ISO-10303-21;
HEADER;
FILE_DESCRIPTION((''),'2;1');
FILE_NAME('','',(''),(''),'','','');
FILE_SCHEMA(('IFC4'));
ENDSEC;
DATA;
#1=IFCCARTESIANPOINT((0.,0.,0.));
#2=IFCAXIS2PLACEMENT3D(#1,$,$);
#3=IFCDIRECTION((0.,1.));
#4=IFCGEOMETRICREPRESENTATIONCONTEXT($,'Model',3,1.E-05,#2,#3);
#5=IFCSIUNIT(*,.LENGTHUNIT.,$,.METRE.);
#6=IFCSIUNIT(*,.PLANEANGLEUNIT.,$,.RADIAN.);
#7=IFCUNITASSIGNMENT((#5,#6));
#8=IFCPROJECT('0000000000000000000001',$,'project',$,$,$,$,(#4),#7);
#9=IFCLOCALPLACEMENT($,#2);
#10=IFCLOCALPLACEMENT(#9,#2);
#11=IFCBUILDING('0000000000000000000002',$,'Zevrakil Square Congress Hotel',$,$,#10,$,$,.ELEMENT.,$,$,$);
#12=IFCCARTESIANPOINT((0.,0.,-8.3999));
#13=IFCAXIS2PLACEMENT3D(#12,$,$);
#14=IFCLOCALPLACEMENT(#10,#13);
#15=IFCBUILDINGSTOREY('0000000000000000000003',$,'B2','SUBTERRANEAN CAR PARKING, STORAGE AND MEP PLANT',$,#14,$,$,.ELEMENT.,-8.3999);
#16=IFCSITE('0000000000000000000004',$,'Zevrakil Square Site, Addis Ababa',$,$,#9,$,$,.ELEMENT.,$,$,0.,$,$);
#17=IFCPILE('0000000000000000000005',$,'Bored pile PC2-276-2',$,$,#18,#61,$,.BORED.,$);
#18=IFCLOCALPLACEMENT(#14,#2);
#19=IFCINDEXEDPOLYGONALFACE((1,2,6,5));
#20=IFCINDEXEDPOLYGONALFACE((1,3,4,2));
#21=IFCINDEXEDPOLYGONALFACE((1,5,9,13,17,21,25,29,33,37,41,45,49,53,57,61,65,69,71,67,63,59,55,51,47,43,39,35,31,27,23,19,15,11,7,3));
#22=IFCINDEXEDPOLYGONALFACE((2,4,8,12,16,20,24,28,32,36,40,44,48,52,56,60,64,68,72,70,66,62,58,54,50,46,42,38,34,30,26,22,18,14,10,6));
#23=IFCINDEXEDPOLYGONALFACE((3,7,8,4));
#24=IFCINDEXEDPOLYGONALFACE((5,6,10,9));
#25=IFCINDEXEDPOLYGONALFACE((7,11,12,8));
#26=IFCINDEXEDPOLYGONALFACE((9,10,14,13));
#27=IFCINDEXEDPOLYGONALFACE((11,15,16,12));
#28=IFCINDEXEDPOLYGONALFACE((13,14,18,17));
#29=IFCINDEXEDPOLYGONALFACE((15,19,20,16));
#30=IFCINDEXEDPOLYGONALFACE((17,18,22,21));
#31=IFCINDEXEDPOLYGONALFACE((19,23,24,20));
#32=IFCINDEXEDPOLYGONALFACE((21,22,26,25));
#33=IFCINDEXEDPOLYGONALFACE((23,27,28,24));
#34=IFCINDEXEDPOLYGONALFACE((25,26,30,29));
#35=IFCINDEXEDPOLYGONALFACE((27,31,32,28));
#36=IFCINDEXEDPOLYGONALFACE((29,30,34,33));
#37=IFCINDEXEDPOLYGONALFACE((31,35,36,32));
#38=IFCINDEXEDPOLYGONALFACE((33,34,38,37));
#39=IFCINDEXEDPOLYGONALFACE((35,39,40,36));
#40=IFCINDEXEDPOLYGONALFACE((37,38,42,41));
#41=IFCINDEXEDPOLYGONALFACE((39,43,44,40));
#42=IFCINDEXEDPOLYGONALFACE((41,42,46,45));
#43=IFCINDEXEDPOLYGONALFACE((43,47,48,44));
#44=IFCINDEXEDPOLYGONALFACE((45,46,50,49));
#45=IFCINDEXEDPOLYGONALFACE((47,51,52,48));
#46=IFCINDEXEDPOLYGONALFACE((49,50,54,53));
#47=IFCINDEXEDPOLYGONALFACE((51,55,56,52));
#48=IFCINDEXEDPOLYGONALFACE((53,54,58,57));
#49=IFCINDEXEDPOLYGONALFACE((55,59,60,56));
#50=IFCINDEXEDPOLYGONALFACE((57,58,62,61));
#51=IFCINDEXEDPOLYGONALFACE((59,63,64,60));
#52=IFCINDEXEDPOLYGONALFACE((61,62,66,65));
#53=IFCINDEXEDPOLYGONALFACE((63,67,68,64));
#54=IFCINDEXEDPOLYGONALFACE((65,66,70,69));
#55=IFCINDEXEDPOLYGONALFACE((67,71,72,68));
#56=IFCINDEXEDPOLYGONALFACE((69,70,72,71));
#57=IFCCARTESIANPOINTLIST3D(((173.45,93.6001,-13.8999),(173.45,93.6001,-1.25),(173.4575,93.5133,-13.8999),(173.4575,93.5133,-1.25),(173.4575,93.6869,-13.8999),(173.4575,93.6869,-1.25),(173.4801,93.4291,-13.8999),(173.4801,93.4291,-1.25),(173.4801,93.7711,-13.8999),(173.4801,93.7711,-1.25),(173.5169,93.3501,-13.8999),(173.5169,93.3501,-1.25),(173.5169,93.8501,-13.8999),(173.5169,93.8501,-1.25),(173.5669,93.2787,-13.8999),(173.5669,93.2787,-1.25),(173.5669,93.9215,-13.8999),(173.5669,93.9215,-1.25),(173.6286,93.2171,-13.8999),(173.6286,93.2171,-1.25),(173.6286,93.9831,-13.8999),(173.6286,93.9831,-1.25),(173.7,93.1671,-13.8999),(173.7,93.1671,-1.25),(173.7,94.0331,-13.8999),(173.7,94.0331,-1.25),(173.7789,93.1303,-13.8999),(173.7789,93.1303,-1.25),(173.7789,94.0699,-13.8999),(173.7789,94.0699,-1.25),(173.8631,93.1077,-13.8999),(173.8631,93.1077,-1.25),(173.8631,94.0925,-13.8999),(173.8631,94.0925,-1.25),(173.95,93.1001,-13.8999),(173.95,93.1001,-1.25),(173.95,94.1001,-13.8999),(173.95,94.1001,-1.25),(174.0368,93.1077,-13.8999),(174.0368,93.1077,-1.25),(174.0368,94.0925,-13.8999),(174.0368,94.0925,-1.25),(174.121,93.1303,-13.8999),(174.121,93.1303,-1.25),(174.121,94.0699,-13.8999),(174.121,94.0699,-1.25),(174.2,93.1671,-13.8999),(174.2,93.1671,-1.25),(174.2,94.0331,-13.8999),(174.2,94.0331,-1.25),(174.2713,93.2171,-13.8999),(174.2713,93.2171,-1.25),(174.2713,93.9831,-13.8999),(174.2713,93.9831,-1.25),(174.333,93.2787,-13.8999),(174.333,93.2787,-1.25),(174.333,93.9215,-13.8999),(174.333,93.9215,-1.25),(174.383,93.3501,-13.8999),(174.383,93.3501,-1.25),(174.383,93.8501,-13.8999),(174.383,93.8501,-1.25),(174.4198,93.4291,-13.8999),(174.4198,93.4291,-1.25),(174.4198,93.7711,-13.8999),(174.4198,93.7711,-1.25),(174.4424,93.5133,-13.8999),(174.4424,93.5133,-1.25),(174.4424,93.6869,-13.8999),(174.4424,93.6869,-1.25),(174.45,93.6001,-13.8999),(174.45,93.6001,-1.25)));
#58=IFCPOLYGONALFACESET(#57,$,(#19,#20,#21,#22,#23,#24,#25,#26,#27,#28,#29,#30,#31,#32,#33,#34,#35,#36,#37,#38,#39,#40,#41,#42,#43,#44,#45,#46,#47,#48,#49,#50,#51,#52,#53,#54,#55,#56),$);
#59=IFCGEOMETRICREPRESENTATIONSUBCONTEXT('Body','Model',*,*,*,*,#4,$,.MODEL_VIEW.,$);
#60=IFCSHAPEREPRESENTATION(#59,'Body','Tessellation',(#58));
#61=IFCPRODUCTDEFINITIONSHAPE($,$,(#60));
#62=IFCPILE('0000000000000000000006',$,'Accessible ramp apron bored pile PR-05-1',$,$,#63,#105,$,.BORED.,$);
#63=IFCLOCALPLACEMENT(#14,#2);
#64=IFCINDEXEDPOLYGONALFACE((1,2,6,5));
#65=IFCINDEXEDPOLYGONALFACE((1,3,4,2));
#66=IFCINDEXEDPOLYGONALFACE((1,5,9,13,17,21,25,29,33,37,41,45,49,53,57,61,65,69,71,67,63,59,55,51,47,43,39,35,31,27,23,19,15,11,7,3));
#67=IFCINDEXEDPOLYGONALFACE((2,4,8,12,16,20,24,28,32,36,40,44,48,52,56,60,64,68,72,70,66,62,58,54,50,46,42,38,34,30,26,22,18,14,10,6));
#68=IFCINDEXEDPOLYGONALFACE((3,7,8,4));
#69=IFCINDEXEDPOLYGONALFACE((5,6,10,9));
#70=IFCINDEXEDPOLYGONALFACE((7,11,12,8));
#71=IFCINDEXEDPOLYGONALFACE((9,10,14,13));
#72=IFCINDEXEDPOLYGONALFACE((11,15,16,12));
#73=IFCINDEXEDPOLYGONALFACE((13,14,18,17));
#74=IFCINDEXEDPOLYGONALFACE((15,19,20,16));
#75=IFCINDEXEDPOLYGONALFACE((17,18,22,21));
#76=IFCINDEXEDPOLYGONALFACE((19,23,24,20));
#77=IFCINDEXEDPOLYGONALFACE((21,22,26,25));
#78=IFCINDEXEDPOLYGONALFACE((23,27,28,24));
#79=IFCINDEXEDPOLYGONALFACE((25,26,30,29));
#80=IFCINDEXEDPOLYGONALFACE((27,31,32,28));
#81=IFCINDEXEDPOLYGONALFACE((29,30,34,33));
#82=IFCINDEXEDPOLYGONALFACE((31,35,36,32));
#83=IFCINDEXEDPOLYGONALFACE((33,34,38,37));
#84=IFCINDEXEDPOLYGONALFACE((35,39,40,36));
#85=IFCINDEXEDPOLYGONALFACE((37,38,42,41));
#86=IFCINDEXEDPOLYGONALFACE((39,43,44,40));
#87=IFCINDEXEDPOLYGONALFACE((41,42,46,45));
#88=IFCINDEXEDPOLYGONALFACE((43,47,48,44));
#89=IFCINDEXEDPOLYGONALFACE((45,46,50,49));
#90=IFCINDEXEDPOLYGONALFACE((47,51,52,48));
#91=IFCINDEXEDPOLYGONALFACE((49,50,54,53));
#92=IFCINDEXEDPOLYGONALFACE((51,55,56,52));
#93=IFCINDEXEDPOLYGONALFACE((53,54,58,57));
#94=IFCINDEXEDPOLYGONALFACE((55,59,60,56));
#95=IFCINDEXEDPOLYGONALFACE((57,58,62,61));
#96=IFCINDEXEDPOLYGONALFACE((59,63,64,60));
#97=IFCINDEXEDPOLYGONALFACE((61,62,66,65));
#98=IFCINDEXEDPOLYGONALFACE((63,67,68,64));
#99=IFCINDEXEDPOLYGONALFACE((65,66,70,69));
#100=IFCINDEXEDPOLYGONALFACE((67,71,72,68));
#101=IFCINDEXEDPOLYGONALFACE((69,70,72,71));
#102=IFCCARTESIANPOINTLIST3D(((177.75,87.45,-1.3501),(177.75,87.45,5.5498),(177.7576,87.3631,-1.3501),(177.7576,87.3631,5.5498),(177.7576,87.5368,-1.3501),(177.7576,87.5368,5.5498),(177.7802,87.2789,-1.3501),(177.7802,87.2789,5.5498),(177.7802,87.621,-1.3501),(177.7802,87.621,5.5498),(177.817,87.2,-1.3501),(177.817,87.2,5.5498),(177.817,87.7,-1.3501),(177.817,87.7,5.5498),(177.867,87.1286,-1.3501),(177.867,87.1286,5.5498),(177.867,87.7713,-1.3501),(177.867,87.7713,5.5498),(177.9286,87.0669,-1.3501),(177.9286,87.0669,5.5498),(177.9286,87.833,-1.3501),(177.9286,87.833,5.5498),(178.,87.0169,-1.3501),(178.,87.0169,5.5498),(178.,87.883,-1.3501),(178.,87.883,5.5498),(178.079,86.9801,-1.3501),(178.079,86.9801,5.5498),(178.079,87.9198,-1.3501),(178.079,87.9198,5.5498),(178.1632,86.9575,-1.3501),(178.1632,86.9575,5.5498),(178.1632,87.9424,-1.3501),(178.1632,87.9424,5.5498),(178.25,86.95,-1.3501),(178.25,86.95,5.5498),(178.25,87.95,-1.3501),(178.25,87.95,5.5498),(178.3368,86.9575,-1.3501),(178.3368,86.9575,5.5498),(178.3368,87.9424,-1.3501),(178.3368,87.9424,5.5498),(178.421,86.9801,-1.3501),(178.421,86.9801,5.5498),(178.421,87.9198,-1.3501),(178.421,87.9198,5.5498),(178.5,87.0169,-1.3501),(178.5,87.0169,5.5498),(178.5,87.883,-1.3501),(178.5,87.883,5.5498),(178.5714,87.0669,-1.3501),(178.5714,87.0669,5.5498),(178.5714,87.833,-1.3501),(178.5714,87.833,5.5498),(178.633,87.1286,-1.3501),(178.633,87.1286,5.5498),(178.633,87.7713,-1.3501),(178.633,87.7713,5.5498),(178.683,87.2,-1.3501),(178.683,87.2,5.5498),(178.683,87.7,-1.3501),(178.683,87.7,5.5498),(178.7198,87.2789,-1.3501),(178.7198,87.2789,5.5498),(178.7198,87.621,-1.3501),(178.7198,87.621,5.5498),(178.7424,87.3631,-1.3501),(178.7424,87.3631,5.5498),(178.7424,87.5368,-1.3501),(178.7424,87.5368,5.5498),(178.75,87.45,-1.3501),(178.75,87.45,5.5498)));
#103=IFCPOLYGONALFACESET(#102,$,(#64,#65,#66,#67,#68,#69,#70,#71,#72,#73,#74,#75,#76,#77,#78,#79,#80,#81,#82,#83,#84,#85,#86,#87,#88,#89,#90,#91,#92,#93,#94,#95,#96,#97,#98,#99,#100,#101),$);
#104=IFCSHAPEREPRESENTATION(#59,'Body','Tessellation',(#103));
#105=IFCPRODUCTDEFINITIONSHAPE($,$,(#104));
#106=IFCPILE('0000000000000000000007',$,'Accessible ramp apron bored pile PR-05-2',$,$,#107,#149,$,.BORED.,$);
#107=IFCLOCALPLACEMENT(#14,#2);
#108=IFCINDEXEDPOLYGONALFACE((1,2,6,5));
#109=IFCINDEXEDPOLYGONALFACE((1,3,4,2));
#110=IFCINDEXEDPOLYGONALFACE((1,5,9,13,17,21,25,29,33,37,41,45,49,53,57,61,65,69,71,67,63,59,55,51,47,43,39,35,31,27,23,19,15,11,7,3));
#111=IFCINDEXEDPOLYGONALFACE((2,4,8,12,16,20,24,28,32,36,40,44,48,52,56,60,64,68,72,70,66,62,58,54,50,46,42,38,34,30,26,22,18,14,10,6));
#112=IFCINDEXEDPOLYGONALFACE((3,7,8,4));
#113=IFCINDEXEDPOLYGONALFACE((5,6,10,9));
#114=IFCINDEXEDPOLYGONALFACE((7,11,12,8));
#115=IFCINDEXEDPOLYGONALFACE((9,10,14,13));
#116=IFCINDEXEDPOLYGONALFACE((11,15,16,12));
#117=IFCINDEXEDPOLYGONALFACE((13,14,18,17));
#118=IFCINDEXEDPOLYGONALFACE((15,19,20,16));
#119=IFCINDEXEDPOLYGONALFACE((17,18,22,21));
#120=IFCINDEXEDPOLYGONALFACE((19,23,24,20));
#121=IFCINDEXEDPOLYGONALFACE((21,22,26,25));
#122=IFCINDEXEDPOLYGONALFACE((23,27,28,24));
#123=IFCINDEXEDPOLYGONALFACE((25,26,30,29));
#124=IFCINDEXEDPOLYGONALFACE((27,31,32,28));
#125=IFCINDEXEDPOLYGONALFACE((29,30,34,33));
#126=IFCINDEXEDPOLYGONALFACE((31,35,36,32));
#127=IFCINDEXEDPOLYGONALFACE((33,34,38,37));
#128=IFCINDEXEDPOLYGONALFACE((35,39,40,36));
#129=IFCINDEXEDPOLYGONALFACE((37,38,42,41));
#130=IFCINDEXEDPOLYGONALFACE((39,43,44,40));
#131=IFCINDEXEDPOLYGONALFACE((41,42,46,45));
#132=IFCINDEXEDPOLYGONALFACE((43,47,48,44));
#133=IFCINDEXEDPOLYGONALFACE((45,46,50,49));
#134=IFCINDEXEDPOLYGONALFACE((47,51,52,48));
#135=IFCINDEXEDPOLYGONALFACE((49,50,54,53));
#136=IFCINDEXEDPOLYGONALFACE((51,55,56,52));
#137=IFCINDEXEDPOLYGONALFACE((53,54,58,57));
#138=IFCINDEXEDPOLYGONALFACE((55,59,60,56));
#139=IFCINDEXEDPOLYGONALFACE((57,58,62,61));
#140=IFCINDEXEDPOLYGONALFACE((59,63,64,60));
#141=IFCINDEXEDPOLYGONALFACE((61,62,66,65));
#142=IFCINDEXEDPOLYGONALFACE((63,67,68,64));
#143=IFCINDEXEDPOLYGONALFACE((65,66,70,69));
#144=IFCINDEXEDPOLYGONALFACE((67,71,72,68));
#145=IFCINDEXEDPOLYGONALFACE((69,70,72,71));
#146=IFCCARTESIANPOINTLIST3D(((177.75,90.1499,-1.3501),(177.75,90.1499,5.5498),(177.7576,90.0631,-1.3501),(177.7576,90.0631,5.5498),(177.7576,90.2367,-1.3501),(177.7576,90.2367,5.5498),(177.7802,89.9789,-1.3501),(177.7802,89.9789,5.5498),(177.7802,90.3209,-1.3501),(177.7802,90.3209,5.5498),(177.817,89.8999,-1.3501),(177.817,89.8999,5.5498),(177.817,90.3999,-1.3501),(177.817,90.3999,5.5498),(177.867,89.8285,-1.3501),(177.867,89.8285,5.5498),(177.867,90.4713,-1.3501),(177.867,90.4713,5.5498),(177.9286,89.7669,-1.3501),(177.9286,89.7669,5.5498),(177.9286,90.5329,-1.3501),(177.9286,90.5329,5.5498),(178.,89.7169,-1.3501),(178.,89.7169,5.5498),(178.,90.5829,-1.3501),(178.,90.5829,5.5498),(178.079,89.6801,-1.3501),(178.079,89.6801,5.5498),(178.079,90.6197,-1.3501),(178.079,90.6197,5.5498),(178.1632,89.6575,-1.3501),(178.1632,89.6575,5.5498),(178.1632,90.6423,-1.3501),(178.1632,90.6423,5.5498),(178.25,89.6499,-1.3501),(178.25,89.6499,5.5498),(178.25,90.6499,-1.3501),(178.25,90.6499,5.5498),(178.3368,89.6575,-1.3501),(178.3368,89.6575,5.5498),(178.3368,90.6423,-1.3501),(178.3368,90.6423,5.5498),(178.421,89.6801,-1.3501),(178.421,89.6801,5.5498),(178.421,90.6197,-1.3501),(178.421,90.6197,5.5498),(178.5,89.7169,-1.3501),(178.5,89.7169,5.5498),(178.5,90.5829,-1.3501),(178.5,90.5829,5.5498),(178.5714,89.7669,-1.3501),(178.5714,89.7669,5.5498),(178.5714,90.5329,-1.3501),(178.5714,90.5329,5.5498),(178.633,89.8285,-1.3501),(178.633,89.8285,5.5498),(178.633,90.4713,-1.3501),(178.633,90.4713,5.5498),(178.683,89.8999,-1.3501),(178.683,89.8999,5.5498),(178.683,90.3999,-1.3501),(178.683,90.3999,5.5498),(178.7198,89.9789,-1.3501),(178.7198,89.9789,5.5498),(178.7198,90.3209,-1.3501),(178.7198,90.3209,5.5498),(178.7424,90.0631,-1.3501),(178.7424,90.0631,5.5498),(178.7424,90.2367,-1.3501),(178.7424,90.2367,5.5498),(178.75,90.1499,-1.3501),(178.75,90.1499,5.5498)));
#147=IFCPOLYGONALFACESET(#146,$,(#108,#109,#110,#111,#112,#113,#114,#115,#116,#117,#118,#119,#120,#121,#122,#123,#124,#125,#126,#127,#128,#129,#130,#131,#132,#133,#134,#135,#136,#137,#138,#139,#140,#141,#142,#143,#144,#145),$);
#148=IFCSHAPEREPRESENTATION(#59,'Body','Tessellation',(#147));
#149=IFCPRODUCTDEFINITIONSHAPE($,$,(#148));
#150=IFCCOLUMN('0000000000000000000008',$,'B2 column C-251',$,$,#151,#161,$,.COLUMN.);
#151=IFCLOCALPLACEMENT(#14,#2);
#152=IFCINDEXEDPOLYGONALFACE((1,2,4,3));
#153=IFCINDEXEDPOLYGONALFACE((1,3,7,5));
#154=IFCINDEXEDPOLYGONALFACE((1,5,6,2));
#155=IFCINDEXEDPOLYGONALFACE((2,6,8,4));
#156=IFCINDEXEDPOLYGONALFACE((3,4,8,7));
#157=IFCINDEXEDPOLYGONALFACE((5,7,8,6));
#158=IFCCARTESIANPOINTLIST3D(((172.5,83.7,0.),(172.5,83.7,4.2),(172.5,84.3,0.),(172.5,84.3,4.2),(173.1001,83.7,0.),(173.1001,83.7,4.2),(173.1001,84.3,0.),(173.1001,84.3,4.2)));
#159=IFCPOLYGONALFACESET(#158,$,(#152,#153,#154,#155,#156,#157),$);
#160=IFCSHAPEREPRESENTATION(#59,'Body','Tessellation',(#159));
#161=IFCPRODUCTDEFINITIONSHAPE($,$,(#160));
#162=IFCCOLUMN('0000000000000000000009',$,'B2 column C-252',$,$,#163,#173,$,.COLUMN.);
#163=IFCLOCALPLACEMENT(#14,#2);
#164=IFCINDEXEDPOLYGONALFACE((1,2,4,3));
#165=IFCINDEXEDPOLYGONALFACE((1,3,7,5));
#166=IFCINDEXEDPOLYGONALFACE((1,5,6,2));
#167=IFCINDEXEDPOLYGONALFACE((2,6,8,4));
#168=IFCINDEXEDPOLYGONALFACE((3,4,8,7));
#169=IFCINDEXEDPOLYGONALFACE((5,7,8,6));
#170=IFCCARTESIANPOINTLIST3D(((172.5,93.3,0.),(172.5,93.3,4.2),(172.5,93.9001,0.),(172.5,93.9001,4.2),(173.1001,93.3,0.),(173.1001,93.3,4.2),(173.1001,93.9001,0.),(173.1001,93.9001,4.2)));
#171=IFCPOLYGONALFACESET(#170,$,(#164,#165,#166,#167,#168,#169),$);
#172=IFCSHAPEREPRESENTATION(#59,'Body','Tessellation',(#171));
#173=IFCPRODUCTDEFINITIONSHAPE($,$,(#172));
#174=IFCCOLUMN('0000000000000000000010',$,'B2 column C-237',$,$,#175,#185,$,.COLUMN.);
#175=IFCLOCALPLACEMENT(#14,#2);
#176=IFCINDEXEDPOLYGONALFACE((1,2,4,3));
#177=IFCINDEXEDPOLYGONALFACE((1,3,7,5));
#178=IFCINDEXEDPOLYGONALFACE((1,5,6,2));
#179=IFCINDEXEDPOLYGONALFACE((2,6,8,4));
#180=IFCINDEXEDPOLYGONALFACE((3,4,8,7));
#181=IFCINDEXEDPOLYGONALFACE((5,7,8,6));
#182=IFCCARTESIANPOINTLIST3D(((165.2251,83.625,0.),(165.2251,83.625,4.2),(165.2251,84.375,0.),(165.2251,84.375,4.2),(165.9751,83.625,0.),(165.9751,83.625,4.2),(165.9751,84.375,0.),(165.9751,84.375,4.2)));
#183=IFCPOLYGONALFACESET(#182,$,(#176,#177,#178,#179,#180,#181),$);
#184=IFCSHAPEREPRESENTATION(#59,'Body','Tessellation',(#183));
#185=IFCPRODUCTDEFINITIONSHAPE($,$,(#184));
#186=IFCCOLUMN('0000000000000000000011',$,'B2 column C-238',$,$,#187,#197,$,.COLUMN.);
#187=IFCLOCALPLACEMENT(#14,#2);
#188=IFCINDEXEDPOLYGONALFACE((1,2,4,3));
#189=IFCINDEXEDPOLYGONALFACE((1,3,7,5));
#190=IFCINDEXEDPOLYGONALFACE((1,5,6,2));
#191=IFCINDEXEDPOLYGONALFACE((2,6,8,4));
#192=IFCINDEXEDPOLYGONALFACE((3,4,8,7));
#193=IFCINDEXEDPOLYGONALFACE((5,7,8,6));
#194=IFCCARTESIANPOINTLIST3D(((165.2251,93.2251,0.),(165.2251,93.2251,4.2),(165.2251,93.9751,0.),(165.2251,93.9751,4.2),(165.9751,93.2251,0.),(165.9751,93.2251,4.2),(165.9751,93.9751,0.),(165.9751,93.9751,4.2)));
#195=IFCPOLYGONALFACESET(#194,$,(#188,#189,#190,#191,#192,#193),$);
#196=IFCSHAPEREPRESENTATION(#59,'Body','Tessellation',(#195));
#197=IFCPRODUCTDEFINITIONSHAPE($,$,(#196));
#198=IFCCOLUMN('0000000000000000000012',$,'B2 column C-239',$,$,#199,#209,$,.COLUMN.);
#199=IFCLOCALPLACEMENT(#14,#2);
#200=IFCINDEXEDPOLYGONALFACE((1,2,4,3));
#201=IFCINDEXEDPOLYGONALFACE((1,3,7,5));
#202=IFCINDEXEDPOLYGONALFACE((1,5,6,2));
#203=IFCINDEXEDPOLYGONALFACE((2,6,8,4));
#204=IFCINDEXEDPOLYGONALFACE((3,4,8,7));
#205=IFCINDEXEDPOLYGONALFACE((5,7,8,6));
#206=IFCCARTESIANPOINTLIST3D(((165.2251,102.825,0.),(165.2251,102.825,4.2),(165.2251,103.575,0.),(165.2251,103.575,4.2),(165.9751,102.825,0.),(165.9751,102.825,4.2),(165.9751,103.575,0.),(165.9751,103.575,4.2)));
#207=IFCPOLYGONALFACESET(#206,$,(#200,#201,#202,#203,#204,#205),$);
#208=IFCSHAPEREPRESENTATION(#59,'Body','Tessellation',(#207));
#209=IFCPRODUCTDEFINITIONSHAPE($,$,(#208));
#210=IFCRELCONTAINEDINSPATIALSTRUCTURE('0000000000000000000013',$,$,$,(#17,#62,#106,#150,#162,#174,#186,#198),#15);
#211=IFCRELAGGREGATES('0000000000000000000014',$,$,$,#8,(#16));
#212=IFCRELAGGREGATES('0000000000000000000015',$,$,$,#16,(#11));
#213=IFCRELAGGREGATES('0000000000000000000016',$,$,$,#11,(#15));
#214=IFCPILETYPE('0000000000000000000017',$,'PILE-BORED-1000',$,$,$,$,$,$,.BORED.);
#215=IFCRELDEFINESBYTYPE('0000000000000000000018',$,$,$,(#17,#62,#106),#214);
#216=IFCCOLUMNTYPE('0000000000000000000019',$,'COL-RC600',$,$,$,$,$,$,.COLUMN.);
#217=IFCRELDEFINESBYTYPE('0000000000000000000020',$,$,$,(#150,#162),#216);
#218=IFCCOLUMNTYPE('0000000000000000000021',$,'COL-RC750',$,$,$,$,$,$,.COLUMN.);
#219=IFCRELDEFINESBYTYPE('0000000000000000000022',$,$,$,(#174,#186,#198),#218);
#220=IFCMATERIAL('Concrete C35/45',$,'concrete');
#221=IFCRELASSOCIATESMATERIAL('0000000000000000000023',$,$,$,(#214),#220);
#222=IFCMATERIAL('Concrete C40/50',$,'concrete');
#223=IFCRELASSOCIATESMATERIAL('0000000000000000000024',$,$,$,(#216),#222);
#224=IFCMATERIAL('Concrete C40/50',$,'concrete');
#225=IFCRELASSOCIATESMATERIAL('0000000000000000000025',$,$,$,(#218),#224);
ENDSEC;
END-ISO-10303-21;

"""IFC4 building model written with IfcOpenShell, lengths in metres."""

from ifc_helpers import new_model, si_unit, direction, frame, origin, origin_2d, place, context, subcontext, project, spatial, rectangle, circle, extrude, material, material_profile, profile_set, type_object, element, save


model = new_model("IFC4")

# Units and contexts
model_context = context("Model", 3, precision=1e-05, world=origin(), true_north=direction((0.0, 1.0)))
body_context = subcontext(model_context, "Body", "Model", "MODEL_VIEW")
ifc_project = project(units=[si_unit("LENGTHUNIT", "METRE"), si_unit("PLANEANGLEUNIT", "RADIAN")], contexts=[model_context])

# Site, building, storey
site_placement = place(None, origin())
site = spatial("IfcSite", under=ifc_project, at=site_placement, Name="Zevrakil Square Site, Addis Ababa", CompositionType="ELEMENT", RefElevation=0.0)
building_placement = place(site_placement, origin())
building = spatial("IfcBuilding", under=site, at=building_placement, Name="Zevrakil Square Congress Hotel", CompositionType="ELEMENT")
storey_placement = place(building_placement, frame((0.0, 0.0, -8.3999)))
storey = spatial("IfcBuildingStorey", under=building, at=storey_placement, Name="B2", Description="SUBTERRANEAN CAR PARKING, STORAGE AND MEP PLANT", CompositionType="ELEMENT", Elevation=-8.3999)

# Piles
ifc_material_1 = material(Name="Concrete C35/45", Category="concrete")
ifc_material_profile_1 = material_profile(ifc_material_1, circle(Radius=0.5, at=origin_2d()), Name="PILE D1000")
ifc_profile_set_1 = profile_set([ifc_material_profile_1], Name="Concrete C35/45")
pile_type = type_object("IfcPileType", Name="PILE-BORED-1000", PredefinedType="BORED", material=ifc_profile_set_1)
for number, where, z_axis, x_axis, name in (
    (1, (173.95, 93.6001, -1.25), (0.0, 0.0, -1.0), (1.0, 0.0, 0.0), "Bored pile PC2-276-2"),
):
    element("IfcPile", number, at=place(storey_placement, frame(where, z_axis=z_axis, x_axis=x_axis)), inside=storey, type_object=pile_type, Name=name, PredefinedType="BORED", context=body_context, shape_type="SweptSolid", body=[
        extrude(circle(Radius=0.5, at=origin_2d()), origin(), (0.0, 0.0, 1.0), 12.6499),
    ])
for number, where, z_axis, x_axis, name in (
    (2, (178.25, 87.45, 5.5498), (0.0, 0.0, -1.0), (1.0, 0.0, 0.0), "Accessible ramp apron bored pile PR-05-1"),
    (3, (178.25, 90.1499, 5.5498), (0.0, 0.0, -1.0), (1.0, 0.0, 0.0), "Accessible ramp apron bored pile PR-05-2"),
):
    element("IfcPile", number, at=place(storey_placement, frame(where, z_axis=z_axis, x_axis=x_axis)), inside=storey, type_object=pile_type, Name=name, PredefinedType="BORED", context=body_context, shape_type="SweptSolid", body=[
        extrude(circle(Radius=0.5, at=origin_2d()), origin(), (0.0, 0.0, 1.0), 6.8999),
    ])

# Columns
ifc_material_2 = material(Name="Concrete C40/50", Category="concrete")
ifc_material_profile_2 = material_profile(ifc_material_2, rectangle(XDim=0.6001, YDim=0.6001, at=origin_2d()), Name="RC 600x600")
ifc_profile_set_2 = profile_set([ifc_material_profile_2], Name="Concrete C40/50")
column_type_1 = type_object("IfcColumnType", Name="COL-RC600", PredefinedType="COLUMN", material=ifc_profile_set_2)
for number, where, z_axis, x_axis, name in (
    (4, (172.8, 84.0, 0.0), (0.0, 0.0, 1.0), (1.0, 0.0, 0.0), "B2 column C-251"),
    (5, (172.8, 93.6001, 0.0), (0.0, 0.0, 1.0), (1.0, 0.0, 0.0), "B2 column C-252"),
):
    element("IfcColumn", number, at=place(storey_placement, frame(where, z_axis=z_axis, x_axis=x_axis)), inside=storey, type_object=column_type_1, Name=name, PredefinedType="COLUMN", context=body_context, shape_type="SweptSolid", body=[
        extrude(rectangle(XDim=0.6001, YDim=0.6001, at=origin_2d()), origin(), (0.0, 0.0, 1.0), 4.2),
    ])
ifc_material_3 = material(Name="Concrete C40/50", Category="concrete")
ifc_material_profile_3 = material_profile(ifc_material_3, rectangle(XDim=0.75, YDim=0.75, at=origin_2d()), Name="RC 750x750")
ifc_profile_set_3 = profile_set([ifc_material_profile_3], Name="Concrete C40/50")
column_type_2 = type_object("IfcColumnType", Name="COL-RC750", PredefinedType="COLUMN", material=ifc_profile_set_3)
for number, where, z_axis, x_axis, name in (
    (6, (165.6001, 84.0, 0.0), (0.0, 0.0, 1.0), (1.0, 0.0, 0.0), "B2 column C-237"),
    (7, (165.6001, 93.6001, 0.0), (0.0, 0.0, 1.0), (1.0, 0.0, 0.0), "B2 column C-238"),
    (8, (165.6001, 103.2, 0.0), (0.0, 0.0, 1.0), (1.0, 0.0, 0.0), "B2 column C-239"),
):
    element("IfcColumn", number, at=place(storey_placement, frame(where, z_axis=z_axis, x_axis=x_axis)), inside=storey, type_object=column_type_2, Name=name, PredefinedType="COLUMN", context=body_context, shape_type="SweptSolid", body=[
        extrude(rectangle(XDim=0.75, YDim=0.75, at=origin_2d()), origin(), (0.0, 0.0, 1.0), 4.2),
    ])

save(model, "model.ifc")
